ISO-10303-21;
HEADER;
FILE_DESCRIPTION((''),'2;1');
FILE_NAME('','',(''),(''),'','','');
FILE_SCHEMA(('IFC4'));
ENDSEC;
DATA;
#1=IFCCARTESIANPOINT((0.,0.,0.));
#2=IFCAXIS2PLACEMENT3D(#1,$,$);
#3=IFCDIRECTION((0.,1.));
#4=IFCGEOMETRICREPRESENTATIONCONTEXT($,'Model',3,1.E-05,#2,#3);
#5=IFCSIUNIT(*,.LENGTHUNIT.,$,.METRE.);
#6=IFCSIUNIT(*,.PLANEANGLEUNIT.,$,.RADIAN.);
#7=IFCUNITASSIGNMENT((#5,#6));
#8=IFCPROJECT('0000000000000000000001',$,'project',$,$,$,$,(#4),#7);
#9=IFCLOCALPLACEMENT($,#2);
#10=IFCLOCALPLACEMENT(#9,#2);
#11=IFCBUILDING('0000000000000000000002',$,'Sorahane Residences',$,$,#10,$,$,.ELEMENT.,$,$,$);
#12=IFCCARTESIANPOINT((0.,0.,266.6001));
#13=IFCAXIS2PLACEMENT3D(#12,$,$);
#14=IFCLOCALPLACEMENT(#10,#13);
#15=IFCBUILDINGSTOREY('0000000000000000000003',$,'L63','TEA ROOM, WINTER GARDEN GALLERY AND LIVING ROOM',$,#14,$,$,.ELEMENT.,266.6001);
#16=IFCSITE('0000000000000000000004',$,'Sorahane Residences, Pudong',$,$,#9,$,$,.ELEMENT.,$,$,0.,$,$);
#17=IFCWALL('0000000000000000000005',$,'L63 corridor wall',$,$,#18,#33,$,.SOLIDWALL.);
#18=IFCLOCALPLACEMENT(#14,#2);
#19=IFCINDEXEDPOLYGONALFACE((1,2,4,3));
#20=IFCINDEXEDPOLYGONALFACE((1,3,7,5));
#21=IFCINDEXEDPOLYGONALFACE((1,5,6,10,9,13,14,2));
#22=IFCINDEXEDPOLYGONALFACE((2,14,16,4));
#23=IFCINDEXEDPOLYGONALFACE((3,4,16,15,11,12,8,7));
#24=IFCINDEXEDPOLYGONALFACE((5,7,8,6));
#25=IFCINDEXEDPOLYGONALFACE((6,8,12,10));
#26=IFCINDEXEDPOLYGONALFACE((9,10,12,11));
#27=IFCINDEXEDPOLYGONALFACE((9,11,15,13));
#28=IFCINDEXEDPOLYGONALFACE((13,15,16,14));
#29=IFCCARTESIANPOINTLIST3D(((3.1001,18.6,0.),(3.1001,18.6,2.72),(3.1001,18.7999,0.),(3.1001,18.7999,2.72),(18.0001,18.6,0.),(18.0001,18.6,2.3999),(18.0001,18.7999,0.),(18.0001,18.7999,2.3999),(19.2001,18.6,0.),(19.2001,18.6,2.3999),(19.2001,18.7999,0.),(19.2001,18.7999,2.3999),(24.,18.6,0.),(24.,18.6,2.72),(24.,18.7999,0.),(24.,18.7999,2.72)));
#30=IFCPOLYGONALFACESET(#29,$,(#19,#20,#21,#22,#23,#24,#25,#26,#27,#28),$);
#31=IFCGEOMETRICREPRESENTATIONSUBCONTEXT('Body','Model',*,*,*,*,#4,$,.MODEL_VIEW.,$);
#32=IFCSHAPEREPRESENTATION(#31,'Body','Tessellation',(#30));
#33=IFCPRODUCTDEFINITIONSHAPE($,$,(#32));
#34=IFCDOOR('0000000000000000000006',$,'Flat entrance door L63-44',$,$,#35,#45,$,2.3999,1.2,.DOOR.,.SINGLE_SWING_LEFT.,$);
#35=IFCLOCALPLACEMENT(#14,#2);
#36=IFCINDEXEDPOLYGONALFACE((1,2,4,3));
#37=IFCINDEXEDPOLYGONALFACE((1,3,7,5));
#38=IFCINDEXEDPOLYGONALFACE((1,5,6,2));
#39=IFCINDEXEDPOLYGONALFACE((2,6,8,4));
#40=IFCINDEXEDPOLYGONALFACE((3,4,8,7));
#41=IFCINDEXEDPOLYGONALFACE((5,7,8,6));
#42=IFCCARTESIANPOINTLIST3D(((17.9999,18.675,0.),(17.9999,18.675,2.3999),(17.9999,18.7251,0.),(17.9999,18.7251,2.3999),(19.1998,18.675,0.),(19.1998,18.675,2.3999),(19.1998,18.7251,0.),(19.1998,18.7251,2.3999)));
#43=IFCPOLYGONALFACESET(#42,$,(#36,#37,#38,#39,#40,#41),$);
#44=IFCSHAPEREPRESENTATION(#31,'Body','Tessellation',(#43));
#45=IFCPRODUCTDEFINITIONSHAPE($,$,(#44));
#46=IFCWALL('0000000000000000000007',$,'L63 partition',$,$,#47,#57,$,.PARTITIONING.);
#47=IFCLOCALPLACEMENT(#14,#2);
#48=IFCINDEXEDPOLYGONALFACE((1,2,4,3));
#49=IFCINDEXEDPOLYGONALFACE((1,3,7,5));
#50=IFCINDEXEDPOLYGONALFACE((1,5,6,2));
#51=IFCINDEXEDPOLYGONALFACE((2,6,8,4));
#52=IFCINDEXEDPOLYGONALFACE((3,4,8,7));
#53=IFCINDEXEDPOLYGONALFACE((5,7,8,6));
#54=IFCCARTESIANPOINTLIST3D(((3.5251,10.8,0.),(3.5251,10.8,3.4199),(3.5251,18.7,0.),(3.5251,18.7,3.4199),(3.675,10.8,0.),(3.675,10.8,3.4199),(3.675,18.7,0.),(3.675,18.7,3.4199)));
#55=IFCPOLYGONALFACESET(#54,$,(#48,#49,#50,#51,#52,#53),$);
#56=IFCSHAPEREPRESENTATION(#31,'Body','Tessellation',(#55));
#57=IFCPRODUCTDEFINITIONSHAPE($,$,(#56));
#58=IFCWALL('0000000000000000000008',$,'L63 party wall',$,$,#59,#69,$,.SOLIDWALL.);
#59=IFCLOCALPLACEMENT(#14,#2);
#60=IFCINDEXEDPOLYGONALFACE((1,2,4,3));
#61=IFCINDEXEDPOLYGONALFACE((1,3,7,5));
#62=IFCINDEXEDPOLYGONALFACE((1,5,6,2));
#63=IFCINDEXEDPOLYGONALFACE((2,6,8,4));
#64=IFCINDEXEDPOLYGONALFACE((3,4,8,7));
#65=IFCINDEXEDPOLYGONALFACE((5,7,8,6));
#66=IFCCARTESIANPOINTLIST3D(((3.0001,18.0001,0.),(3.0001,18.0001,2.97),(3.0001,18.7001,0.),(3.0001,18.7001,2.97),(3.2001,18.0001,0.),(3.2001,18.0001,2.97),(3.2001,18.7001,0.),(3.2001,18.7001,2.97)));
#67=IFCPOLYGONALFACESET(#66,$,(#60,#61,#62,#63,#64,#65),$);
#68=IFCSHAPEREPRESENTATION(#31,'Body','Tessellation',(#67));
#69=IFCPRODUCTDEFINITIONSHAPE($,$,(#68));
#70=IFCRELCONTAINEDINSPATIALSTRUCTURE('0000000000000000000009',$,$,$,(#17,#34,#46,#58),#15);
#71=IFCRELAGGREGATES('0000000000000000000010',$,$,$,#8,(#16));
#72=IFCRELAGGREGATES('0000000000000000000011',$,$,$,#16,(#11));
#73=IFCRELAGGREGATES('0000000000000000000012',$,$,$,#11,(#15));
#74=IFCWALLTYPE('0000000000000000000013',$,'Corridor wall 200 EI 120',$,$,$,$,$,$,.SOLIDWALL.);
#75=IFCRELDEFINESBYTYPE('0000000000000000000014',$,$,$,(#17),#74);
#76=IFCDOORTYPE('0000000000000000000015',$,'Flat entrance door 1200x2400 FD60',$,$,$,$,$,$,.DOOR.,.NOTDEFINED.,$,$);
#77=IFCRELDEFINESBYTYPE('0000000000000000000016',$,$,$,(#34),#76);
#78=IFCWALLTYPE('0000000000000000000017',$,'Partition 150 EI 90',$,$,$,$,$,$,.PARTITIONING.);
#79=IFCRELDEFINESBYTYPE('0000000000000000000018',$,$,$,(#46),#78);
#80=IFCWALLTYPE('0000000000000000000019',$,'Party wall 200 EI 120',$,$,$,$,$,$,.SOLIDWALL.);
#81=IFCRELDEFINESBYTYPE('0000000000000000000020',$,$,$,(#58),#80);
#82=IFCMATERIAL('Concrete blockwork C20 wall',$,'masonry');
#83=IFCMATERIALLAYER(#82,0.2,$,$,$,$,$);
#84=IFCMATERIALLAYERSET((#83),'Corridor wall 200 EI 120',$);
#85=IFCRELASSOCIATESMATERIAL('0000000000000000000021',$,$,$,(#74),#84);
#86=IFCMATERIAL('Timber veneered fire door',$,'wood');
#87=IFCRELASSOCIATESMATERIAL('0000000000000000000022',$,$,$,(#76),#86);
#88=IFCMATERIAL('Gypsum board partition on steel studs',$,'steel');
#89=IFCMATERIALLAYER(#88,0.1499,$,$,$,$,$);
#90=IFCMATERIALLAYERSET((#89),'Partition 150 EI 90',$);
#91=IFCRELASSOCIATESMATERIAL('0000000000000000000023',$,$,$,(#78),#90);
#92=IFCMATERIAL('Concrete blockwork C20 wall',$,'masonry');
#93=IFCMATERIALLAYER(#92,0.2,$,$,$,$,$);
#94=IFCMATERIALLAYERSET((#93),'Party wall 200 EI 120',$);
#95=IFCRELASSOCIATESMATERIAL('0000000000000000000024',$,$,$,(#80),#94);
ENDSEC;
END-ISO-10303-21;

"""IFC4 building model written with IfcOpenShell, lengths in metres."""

from ifc_helpers import new_model, si_unit, direction, frame, frame_2d, origin, place, context, subcontext, project, spatial, rectangle, extrude, material, layer, layer_set, type_object, element, fill, save


model = new_model("IFC4")

# Units and contexts
model_context = context("Model", 3, precision=1e-05, world=origin(), true_north=direction((0.0, 1.0)))
body_context = subcontext(model_context, "Body", "Model", "MODEL_VIEW")
ifc_project = project(units=[si_unit("LENGTHUNIT", "METRE"), si_unit("PLANEANGLEUNIT", "RADIAN")], contexts=[model_context])

# Site, building, storey
site_placement = place(None, origin())
site = spatial("IfcSite", under=ifc_project, at=site_placement, Name="Sorahane Residences, Pudong", CompositionType="ELEMENT", RefElevation=0.0)
building_placement = place(site_placement, origin())
building = spatial("IfcBuilding", under=site, at=building_placement, Name="Sorahane Residences", CompositionType="ELEMENT")
storey_placement = place(building_placement, frame((0.0, 0.0, 266.6001)))
storey = spatial("IfcBuildingStorey", under=building, at=storey_placement, Name="L63", Description="TEA ROOM, WINTER GARDEN GALLERY AND LIVING ROOM", CompositionType="ELEMENT", Elevation=266.6001)

# Wall, opening, door
ifc_material_1 = material(Name="Concrete blockwork C20 wall", Category="masonry")
ifc_layer_1 = layer(ifc_material_1, 0.2)
ifc_layer_set_1 = layer_set([ifc_layer_1], Name="Corridor wall 200 EI 120")
wall_type_1 = type_object("IfcWallType", Name="Corridor wall 200 EI 120", PredefinedType="SOLIDWALL", material=ifc_layer_set_1)
ifc_material_2 = material(Name="Timber veneered fire door", Category="wood")
door_type_1 = type_object("IfcDoorType", Name="Flat entrance door 1200x2400 FD60", OperationType="NOTDEFINED", PredefinedType="DOOR", material=ifc_material_2)
wall_1_placement = place(storey_placement, frame((3.1001, 18.7, 0.0), z_axis=(0.0, 0.0, 1.0), x_axis=(1.0, 0.0, 0.0)))
wall_1 = element("IfcWall", 1, at=wall_1_placement, inside=storey, type_object=wall_type_1, Name="L63 corridor wall", PredefinedType="SOLIDWALL", context=body_context, shape_type="SweptSolid", body=[
    extrude(rectangle(XDim=20.8999, YDim=0.2, at=frame_2d((10.45, 0.0))), origin(), (0.0, 0.0, 1.0), 2.72),
])
opening_1_placement = place(wall_1_placement, frame((14.8999, 0.0, 0.0)))
opening_1 = element("IfcOpeningElement", 2, at=opening_1_placement, cuts=wall_1, PredefinedType="OPENING", context=body_context, shape_type="SweptSolid", body=[
    extrude(rectangle(XDim=1.2, YDim=2.3999, at=frame_2d((0.6001, 1.2))), frame((0.0, 0.1099, 0.0), z_axis=(0.0, -1.0, 0.0), x_axis=(1.0, 0.0, 0.0)), (0.0, 0.0, 1.0), 0.22),
])
door_1_placement = place(opening_1_placement, frame((1.2, 0.0, 0.0), z_axis=(0.0, 0.0, 1.0), x_axis=(-1.0, 0.0, 0.0)))
door_1 = element("IfcDoor", 3, at=door_1_placement, inside=storey, type_object=door_type_1, Name="Flat entrance door L63-44", OperationType="SINGLE_SWING_LEFT", OverallHeight=2.3999, OverallWidth=1.2, PredefinedType="DOOR", context=body_context, shape_type="SweptSolid", body=[
    extrude(rectangle(XDim=1.2, YDim=2.3999, at=frame_2d((0.6001, 1.2))), frame((0.0, 0.0249, 0.0), z_axis=(0.0, -1.0, 0.0), x_axis=(1.0, 0.0, 0.0)), (0.0, 0.0, 1.0), 0.05),
])
fill(opening_1, door_1)

# Walls
ifc_material_3 = material(Name="Gypsum board partition on steel studs", Category="steel")
ifc_layer_2 = layer(ifc_material_3, 0.1499)
ifc_layer_set_2 = layer_set([ifc_layer_2], Name="Partition 150 EI 90")
wall_type_2 = type_object("IfcWallType", Name="Partition 150 EI 90", PredefinedType="PARTITIONING", material=ifc_layer_set_2)
wall_2_placement = place(storey_placement, frame((3.6001, 10.8, 0.0), z_axis=(0.0, 0.0, 1.0), x_axis=(0.0, 1.0, 0.0)))
element("IfcWall", 4, at=wall_2_placement, inside=storey, type_object=wall_type_2, Name="L63 partition", PredefinedType="PARTITIONING", context=body_context, shape_type="SweptSolid", body=[
    extrude(rectangle(XDim=7.8999, YDim=0.1499, at=frame_2d((3.95, 0.0))), origin(), (0.0, 0.0, 1.0), 3.4199),
])
ifc_material_4 = material(Name="Concrete blockwork C20 wall", Category="masonry")
ifc_layer_3 = layer(ifc_material_4, 0.2)
ifc_layer_set_3 = layer_set([ifc_layer_3], Name="Party wall 200 EI 120")
wall_type_3 = type_object("IfcWallType", Name="Party wall 200 EI 120", PredefinedType="SOLIDWALL", material=ifc_layer_set_3)
wall_3_placement = place(storey_placement, frame((3.1001, 18.0, 0.0), z_axis=(0.0, 0.0, 1.0), x_axis=(0.0, 1.0, 0.0)))
element("IfcWall", 5, at=wall_3_placement, inside=storey, type_object=wall_type_3, Name="L63 party wall", PredefinedType="SOLIDWALL", context=body_context, shape_type="SweptSolid", body=[
    extrude(rectangle(XDim=0.7, YDim=0.2, at=frame_2d((0.3501, 0.0))), origin(), (0.0, 0.0, 1.0), 2.97),
])

save(model, "model.ifc")
